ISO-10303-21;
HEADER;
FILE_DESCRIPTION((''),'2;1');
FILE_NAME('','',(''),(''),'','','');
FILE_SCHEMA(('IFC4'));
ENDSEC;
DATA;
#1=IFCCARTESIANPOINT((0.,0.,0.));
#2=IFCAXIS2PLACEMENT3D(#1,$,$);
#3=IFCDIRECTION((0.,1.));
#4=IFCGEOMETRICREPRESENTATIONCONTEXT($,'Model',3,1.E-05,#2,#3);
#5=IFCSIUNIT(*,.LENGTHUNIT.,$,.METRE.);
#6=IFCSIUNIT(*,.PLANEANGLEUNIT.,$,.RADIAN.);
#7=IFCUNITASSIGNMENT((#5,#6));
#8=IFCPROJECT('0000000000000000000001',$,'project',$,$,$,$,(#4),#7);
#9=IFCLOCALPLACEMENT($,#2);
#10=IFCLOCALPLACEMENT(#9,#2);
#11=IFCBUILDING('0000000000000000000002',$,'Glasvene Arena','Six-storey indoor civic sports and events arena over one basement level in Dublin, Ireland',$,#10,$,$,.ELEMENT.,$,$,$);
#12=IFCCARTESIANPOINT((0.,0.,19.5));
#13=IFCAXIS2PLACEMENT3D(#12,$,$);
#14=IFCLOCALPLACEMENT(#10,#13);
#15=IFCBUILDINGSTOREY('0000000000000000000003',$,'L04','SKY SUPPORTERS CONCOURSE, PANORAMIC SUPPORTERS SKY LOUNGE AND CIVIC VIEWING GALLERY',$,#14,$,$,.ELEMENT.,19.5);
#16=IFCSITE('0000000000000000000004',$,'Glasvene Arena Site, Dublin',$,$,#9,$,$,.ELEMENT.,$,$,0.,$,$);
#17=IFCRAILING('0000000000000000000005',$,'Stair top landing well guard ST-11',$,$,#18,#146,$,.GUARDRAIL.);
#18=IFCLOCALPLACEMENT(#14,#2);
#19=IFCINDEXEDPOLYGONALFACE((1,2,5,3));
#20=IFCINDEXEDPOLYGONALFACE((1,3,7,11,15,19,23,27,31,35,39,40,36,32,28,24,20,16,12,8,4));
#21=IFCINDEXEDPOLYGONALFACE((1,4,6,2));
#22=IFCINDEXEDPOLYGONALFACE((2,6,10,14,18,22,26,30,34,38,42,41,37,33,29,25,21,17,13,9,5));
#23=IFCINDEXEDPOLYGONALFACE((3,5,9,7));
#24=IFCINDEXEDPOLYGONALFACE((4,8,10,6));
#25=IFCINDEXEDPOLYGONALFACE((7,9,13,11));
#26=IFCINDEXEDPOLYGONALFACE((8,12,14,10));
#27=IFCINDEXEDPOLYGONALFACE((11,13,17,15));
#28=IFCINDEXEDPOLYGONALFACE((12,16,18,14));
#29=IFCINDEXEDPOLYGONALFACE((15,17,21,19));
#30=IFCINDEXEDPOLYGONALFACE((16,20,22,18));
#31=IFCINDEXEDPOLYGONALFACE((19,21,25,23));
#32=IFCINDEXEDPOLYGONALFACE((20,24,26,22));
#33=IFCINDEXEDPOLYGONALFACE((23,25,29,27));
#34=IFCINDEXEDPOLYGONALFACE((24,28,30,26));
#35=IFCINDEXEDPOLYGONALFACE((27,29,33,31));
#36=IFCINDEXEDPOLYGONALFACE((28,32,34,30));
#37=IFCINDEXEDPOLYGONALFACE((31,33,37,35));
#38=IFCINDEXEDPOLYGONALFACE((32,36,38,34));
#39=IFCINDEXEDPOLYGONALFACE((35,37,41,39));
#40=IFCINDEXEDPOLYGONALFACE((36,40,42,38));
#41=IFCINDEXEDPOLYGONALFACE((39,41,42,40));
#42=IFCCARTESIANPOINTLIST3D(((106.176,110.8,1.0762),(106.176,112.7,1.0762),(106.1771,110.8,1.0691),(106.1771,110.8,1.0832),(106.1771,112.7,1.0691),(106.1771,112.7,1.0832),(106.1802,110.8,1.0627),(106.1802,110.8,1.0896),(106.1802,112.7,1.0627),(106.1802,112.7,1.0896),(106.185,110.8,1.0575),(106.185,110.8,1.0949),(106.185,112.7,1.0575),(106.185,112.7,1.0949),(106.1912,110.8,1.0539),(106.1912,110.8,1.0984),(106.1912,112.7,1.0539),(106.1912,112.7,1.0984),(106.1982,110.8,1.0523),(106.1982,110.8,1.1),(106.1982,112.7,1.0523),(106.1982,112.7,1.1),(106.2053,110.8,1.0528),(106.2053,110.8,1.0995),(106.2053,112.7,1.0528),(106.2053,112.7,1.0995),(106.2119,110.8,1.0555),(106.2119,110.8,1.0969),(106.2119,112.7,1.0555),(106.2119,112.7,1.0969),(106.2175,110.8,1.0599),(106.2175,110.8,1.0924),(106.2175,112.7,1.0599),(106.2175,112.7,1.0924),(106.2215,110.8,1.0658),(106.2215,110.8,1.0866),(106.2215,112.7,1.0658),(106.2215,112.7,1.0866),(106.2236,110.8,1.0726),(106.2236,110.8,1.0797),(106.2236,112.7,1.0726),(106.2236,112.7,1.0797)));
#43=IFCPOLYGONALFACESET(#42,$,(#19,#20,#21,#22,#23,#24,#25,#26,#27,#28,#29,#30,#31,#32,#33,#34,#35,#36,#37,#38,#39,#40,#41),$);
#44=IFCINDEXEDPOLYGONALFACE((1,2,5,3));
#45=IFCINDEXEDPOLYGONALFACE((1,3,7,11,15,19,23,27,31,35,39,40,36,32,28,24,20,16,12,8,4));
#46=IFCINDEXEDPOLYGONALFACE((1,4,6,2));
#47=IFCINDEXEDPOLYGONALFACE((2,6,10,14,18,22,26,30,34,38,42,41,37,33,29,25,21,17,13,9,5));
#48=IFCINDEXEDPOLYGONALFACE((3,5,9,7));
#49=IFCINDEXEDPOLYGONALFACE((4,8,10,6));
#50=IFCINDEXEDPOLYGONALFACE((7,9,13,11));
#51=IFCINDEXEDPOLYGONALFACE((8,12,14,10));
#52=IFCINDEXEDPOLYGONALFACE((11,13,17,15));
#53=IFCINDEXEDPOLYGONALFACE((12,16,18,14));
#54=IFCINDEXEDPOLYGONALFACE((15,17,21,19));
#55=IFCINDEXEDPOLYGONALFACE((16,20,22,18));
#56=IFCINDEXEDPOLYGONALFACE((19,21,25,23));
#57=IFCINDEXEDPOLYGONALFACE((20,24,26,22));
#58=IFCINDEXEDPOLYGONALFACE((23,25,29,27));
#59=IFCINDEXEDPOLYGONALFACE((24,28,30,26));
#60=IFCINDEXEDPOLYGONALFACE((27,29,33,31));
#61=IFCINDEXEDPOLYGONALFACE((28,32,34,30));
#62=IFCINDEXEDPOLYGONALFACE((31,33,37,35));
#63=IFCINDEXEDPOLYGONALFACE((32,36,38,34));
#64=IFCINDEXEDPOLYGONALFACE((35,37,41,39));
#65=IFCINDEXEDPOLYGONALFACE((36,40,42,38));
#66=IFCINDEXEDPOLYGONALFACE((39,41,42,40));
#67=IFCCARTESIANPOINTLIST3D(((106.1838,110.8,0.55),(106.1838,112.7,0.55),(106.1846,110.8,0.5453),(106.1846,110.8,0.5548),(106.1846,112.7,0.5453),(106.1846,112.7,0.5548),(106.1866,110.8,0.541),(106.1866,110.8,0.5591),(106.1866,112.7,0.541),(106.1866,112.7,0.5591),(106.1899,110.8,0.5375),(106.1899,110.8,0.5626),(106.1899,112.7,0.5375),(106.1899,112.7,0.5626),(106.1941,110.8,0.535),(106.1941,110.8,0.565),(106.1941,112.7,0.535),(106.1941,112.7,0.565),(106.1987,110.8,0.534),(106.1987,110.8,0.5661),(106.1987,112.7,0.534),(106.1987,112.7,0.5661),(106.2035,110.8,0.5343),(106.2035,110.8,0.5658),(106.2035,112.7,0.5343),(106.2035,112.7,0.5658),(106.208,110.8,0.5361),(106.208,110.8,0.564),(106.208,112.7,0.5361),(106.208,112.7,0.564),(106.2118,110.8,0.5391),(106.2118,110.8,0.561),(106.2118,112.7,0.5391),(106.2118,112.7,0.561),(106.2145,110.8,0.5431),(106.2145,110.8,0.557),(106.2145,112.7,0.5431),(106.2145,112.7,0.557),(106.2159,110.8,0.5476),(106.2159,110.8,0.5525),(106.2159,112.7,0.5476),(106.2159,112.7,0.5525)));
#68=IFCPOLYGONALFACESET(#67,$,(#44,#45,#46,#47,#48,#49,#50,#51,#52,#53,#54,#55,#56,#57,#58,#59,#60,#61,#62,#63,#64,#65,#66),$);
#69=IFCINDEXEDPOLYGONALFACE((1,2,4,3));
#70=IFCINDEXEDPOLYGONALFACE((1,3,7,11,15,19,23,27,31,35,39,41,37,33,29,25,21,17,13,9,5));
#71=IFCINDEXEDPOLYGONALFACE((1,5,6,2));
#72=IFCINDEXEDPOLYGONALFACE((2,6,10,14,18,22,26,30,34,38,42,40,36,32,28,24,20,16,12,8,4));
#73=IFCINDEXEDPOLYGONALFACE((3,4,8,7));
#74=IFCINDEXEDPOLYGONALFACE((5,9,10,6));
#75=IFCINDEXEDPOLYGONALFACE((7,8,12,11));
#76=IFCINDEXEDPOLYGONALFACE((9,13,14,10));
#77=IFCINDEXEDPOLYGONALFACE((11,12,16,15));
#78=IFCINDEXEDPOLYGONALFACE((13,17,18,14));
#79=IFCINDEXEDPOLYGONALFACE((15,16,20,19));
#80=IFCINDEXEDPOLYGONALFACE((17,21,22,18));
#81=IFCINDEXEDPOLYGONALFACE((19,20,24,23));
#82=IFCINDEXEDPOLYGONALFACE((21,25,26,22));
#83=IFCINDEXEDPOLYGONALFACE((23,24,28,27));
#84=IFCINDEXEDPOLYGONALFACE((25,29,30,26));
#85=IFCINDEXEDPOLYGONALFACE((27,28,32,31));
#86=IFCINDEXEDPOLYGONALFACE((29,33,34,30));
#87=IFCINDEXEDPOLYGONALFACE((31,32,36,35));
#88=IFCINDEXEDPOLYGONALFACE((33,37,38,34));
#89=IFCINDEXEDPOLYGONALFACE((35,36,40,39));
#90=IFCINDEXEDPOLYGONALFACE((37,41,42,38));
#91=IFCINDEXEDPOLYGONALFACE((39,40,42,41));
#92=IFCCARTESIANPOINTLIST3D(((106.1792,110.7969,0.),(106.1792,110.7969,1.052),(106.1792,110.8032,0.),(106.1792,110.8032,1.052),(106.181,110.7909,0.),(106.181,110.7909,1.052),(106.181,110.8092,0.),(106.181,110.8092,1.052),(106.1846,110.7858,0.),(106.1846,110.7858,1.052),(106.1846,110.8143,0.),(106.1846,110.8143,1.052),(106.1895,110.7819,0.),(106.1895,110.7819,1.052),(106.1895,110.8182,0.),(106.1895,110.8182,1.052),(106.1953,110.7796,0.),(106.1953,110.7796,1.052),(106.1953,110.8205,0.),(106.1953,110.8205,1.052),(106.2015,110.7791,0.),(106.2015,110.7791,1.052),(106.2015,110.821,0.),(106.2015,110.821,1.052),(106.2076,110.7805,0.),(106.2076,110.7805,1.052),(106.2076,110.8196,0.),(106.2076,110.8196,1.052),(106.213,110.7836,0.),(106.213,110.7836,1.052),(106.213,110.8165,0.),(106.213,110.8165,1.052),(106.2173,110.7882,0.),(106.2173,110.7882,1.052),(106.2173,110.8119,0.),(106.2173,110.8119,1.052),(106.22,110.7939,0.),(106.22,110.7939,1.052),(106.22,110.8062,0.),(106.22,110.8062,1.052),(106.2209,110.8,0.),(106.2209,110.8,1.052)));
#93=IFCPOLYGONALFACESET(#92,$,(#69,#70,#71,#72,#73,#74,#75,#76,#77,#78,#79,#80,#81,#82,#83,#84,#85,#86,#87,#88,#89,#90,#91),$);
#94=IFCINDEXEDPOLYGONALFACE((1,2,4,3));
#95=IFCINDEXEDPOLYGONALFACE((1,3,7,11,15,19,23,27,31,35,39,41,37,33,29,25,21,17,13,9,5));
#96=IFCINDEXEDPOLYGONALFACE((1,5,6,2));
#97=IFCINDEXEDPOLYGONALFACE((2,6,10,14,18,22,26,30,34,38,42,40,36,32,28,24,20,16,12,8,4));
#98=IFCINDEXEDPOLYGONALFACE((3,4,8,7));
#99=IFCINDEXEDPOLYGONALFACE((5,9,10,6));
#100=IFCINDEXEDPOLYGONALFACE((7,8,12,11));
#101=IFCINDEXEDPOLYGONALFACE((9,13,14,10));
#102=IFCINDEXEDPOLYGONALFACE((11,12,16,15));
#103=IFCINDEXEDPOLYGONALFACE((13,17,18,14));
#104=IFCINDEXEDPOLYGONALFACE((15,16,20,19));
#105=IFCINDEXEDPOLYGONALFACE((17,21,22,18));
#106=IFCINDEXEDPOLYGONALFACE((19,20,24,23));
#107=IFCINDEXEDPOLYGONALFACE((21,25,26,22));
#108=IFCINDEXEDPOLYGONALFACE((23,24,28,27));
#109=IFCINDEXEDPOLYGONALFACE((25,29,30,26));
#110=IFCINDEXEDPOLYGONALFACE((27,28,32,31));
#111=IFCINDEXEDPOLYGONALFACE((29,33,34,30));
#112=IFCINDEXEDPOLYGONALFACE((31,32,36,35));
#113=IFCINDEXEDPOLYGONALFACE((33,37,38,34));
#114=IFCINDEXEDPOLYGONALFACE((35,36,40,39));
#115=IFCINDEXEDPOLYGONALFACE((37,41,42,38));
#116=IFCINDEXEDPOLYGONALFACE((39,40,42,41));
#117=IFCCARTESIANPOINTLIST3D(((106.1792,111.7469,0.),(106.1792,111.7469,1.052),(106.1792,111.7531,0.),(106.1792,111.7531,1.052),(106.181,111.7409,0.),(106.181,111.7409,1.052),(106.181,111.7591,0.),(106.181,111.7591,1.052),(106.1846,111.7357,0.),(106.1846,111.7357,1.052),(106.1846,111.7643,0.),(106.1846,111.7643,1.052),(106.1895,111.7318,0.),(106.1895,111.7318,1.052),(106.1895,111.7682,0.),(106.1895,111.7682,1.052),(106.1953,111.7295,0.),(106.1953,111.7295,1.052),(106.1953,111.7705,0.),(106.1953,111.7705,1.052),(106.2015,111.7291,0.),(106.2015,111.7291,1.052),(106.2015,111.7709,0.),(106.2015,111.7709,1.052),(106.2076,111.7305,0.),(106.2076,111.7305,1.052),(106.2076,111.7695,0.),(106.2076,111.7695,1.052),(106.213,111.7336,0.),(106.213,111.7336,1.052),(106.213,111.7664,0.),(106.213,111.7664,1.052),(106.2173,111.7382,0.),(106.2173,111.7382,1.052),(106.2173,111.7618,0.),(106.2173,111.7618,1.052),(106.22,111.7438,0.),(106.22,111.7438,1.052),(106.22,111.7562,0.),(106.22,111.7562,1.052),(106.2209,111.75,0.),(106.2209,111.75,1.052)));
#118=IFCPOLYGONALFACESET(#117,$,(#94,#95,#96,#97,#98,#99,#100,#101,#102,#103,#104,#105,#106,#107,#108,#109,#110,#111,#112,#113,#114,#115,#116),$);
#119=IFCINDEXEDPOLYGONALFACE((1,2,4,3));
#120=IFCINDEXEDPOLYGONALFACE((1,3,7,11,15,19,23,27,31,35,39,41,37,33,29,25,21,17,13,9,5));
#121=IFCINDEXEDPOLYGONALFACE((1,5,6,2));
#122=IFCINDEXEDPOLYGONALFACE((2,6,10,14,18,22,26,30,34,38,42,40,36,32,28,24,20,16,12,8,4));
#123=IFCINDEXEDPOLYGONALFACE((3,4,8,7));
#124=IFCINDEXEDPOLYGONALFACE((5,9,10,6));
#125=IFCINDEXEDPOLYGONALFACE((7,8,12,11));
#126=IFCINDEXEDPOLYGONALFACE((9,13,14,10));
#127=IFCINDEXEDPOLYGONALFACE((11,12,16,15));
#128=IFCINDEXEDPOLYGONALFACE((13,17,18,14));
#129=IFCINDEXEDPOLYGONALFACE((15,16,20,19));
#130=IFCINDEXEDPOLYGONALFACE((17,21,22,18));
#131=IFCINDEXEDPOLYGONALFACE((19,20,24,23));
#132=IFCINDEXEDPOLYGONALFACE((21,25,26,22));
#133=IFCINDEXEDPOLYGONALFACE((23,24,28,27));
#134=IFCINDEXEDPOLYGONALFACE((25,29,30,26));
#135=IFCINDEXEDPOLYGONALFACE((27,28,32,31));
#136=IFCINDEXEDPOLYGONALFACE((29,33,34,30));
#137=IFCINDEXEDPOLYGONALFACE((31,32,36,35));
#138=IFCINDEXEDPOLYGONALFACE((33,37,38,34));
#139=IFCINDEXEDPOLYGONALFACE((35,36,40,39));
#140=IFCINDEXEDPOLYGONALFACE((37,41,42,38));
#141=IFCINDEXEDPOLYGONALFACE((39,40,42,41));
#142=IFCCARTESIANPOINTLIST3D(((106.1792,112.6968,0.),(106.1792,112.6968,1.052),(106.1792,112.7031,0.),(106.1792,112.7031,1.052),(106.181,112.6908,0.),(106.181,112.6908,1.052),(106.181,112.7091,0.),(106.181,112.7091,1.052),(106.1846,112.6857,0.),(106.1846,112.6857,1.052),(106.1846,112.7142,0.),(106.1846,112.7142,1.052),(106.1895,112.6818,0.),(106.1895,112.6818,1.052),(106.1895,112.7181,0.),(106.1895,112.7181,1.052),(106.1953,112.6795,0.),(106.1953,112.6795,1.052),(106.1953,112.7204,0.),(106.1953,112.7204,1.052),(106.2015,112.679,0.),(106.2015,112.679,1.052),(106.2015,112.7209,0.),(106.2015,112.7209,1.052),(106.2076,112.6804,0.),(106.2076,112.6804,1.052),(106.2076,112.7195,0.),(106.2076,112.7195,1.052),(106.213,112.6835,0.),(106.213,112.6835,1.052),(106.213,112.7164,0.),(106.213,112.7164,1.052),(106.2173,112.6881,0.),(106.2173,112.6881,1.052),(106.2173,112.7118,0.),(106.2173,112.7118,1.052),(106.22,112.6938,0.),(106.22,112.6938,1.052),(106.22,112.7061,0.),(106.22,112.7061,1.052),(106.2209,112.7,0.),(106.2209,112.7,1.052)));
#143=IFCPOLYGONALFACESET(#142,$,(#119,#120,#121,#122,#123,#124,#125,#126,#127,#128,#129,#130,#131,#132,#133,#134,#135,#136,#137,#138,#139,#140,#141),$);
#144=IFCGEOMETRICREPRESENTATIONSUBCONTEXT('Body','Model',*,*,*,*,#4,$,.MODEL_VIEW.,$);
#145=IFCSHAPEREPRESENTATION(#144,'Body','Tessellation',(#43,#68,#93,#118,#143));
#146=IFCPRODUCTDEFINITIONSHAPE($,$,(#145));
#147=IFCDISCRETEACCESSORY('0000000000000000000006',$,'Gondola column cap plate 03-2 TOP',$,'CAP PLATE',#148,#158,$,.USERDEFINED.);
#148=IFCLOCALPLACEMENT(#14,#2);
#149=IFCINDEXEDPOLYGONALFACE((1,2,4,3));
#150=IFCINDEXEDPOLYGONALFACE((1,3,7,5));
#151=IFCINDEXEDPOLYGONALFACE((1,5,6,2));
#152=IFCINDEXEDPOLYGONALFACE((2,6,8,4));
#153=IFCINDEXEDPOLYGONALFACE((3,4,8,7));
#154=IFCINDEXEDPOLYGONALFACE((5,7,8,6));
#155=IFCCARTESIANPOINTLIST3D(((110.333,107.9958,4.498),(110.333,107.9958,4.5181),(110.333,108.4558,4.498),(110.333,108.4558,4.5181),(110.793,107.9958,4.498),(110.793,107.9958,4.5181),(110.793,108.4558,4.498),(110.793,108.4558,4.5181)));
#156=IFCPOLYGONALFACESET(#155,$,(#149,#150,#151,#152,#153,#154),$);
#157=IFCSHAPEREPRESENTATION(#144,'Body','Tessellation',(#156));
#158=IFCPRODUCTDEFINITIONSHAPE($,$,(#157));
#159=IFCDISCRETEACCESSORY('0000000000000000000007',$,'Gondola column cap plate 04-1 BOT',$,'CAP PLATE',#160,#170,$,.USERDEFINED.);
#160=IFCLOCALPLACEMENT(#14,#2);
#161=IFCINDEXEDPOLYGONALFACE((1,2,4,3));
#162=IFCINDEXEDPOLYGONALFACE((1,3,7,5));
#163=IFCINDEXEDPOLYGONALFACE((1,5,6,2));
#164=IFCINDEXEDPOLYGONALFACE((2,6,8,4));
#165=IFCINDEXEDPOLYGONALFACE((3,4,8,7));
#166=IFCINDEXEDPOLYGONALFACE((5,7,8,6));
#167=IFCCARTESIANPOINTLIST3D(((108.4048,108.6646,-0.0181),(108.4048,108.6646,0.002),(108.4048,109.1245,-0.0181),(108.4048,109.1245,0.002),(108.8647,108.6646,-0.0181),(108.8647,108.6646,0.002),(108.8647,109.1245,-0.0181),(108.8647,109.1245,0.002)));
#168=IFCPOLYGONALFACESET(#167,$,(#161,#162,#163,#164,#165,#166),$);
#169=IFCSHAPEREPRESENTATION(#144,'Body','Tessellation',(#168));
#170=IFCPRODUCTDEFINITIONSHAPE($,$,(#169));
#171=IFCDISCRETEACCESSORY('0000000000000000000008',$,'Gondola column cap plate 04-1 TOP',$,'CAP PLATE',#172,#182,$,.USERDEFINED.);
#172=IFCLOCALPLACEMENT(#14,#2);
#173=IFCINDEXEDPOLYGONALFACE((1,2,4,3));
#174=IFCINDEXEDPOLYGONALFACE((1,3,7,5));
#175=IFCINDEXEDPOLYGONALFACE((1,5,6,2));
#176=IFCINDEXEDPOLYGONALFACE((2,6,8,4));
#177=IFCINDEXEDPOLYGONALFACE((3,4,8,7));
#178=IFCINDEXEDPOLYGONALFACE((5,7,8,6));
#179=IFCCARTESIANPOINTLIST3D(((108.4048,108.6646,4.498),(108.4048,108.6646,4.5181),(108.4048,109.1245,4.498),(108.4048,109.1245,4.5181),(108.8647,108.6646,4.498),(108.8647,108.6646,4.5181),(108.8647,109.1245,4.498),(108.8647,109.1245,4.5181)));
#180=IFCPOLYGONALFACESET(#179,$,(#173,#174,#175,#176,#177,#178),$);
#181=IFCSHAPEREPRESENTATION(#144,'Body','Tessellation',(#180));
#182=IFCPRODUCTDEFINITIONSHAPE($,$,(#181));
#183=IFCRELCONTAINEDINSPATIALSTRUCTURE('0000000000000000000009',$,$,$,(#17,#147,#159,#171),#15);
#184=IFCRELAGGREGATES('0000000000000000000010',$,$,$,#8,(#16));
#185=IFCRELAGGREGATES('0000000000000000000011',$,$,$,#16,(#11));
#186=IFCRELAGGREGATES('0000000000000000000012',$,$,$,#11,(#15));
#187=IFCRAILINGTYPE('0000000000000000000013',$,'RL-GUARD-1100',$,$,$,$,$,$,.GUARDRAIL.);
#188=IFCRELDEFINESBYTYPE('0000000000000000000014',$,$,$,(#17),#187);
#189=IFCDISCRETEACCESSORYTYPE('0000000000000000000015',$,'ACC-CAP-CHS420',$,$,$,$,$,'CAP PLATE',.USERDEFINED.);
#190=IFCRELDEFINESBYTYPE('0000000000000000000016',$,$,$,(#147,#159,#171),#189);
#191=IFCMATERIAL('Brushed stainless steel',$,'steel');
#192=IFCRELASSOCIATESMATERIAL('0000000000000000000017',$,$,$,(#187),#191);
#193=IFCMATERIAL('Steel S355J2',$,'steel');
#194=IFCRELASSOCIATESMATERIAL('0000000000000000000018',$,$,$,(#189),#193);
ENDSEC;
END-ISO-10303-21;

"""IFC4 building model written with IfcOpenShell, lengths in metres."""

from ifc_helpers import new_model, si_unit, direction, frame, origin, origin_2d, place, context, subcontext, project, spatial, rectangle, circle, extrude, material, type_object, element, save


model = new_model("IFC4")

# Units and contexts
model_context = context("Model", 3, precision=1e-05, world=origin(), true_north=direction((0.0, 1.0)))
body_context = subcontext(model_context, "Body", "Model", "MODEL_VIEW")
ifc_project = project(units=[si_unit("LENGTHUNIT", "METRE"), si_unit("PLANEANGLEUNIT", "RADIAN")], contexts=[model_context])

# Site, building, storey
site_placement = place(None, origin())
site = spatial("IfcSite", under=ifc_project, at=site_placement, Name="Glasvene Arena Site, Dublin", CompositionType="ELEMENT", RefElevation=0.0)
building_placement = place(site_placement, origin())
building = spatial("IfcBuilding", under=site, at=building_placement, Name="Glasvene Arena", Description="Six-storey indoor civic sports and events arena over one basement level in Dublin, Ireland", CompositionType="ELEMENT")
storey_placement = place(building_placement, frame((0.0, 0.0, 19.5)))
storey = spatial("IfcBuildingStorey", under=building, at=storey_placement, Name="L04", Description="SKY SUPPORTERS CONCOURSE, PANORAMIC SUPPORTERS SKY LOUNGE AND CIVIC VIEWING GALLERY", CompositionType="ELEMENT", Elevation=19.5)

# Shared definitions
ifc_material_1 = material(Name="Steel S355J2", Category="steel")

# Railing
ifc_material_2 = material(Name="Brushed stainless steel", Category="steel")
railing_type = type_object("IfcRailingType", Name="RL-GUARD-1100", PredefinedType="GUARDRAIL", material=ifc_material_2)
railing_placement = place(storey_placement, frame((106.2, 110.8, 0.0)))
element("IfcRailing", 1, at=railing_placement, inside=storey, type_object=railing_type, Name="Stair top landing well guard ST-11", PredefinedType="GUARDRAIL", context=body_context, shape_type="SweptSolid", body=[
    extrude(circle(Radius=0.0239, at=origin_2d()), frame((0.0, 0.0, 1.0762), z_axis=(0.0, 1.0, 0.0), x_axis=(-1.0, 0.0, 0.0)), (0.0, 0.0, 1.0), 1.8999),
    extrude(circle(Radius=0.0161, at=origin_2d()), frame((0.0, 0.0, 0.55), z_axis=(0.0, 1.0, 0.0), x_axis=(-1.0, 0.0, 0.0)), (0.0, 0.0, 1.0), 1.8999),
    extrude(circle(Radius=0.021, at=origin_2d()), origin(), (0.0, 0.0, 1.0), 1.052),
    extrude(circle(Radius=0.021, at=origin_2d()), frame((0.0, 0.95, 0.0)), (0.0, 0.0, 1.0), 1.052),
    extrude(circle(Radius=0.021, at=origin_2d()), frame((0.0, 1.8999, 0.0)), (0.0, 0.0, 1.0), 1.052),
])

# Discrete accessories
discrete_accessory_type = type_object("IfcDiscreteAccessoryType", Name="ACC-CAP-CHS420", ElementType="CAP PLATE", PredefinedType="USERDEFINED", material=ifc_material_1)
for number, where, z_axis, x_axis, name in (
    (2, (110.563, 108.2258, 4.498), (0.0, 0.0, 1.0), (1.0, 0.0, 0.0), "Gondola column cap plate 03-2 TOP"),
    (3, (108.6348, 108.8945, -0.0181), (0.0, 0.0, 1.0), (1.0, 0.0, 0.0), "Gondola column cap plate 04-1 BOT"),
    (4, (108.6348, 108.8945, 4.498), (0.0, 0.0, 1.0), (1.0, 0.0, 0.0), "Gondola column cap plate 04-1 TOP"),
):
    element("IfcDiscreteAccessory", number, at=place(storey_placement, frame(where, z_axis=z_axis, x_axis=x_axis)), inside=storey, type_object=discrete_accessory_type, Name=name, ObjectType="CAP PLATE", PredefinedType="USERDEFINED", context=body_context, shape_type="SweptSolid", body=[
        extrude(rectangle(XDim=0.46, YDim=0.46, at=origin_2d()), origin(), (0.0, 0.0, 1.0), 0.02),
    ])

save(model, "model.ifc")
